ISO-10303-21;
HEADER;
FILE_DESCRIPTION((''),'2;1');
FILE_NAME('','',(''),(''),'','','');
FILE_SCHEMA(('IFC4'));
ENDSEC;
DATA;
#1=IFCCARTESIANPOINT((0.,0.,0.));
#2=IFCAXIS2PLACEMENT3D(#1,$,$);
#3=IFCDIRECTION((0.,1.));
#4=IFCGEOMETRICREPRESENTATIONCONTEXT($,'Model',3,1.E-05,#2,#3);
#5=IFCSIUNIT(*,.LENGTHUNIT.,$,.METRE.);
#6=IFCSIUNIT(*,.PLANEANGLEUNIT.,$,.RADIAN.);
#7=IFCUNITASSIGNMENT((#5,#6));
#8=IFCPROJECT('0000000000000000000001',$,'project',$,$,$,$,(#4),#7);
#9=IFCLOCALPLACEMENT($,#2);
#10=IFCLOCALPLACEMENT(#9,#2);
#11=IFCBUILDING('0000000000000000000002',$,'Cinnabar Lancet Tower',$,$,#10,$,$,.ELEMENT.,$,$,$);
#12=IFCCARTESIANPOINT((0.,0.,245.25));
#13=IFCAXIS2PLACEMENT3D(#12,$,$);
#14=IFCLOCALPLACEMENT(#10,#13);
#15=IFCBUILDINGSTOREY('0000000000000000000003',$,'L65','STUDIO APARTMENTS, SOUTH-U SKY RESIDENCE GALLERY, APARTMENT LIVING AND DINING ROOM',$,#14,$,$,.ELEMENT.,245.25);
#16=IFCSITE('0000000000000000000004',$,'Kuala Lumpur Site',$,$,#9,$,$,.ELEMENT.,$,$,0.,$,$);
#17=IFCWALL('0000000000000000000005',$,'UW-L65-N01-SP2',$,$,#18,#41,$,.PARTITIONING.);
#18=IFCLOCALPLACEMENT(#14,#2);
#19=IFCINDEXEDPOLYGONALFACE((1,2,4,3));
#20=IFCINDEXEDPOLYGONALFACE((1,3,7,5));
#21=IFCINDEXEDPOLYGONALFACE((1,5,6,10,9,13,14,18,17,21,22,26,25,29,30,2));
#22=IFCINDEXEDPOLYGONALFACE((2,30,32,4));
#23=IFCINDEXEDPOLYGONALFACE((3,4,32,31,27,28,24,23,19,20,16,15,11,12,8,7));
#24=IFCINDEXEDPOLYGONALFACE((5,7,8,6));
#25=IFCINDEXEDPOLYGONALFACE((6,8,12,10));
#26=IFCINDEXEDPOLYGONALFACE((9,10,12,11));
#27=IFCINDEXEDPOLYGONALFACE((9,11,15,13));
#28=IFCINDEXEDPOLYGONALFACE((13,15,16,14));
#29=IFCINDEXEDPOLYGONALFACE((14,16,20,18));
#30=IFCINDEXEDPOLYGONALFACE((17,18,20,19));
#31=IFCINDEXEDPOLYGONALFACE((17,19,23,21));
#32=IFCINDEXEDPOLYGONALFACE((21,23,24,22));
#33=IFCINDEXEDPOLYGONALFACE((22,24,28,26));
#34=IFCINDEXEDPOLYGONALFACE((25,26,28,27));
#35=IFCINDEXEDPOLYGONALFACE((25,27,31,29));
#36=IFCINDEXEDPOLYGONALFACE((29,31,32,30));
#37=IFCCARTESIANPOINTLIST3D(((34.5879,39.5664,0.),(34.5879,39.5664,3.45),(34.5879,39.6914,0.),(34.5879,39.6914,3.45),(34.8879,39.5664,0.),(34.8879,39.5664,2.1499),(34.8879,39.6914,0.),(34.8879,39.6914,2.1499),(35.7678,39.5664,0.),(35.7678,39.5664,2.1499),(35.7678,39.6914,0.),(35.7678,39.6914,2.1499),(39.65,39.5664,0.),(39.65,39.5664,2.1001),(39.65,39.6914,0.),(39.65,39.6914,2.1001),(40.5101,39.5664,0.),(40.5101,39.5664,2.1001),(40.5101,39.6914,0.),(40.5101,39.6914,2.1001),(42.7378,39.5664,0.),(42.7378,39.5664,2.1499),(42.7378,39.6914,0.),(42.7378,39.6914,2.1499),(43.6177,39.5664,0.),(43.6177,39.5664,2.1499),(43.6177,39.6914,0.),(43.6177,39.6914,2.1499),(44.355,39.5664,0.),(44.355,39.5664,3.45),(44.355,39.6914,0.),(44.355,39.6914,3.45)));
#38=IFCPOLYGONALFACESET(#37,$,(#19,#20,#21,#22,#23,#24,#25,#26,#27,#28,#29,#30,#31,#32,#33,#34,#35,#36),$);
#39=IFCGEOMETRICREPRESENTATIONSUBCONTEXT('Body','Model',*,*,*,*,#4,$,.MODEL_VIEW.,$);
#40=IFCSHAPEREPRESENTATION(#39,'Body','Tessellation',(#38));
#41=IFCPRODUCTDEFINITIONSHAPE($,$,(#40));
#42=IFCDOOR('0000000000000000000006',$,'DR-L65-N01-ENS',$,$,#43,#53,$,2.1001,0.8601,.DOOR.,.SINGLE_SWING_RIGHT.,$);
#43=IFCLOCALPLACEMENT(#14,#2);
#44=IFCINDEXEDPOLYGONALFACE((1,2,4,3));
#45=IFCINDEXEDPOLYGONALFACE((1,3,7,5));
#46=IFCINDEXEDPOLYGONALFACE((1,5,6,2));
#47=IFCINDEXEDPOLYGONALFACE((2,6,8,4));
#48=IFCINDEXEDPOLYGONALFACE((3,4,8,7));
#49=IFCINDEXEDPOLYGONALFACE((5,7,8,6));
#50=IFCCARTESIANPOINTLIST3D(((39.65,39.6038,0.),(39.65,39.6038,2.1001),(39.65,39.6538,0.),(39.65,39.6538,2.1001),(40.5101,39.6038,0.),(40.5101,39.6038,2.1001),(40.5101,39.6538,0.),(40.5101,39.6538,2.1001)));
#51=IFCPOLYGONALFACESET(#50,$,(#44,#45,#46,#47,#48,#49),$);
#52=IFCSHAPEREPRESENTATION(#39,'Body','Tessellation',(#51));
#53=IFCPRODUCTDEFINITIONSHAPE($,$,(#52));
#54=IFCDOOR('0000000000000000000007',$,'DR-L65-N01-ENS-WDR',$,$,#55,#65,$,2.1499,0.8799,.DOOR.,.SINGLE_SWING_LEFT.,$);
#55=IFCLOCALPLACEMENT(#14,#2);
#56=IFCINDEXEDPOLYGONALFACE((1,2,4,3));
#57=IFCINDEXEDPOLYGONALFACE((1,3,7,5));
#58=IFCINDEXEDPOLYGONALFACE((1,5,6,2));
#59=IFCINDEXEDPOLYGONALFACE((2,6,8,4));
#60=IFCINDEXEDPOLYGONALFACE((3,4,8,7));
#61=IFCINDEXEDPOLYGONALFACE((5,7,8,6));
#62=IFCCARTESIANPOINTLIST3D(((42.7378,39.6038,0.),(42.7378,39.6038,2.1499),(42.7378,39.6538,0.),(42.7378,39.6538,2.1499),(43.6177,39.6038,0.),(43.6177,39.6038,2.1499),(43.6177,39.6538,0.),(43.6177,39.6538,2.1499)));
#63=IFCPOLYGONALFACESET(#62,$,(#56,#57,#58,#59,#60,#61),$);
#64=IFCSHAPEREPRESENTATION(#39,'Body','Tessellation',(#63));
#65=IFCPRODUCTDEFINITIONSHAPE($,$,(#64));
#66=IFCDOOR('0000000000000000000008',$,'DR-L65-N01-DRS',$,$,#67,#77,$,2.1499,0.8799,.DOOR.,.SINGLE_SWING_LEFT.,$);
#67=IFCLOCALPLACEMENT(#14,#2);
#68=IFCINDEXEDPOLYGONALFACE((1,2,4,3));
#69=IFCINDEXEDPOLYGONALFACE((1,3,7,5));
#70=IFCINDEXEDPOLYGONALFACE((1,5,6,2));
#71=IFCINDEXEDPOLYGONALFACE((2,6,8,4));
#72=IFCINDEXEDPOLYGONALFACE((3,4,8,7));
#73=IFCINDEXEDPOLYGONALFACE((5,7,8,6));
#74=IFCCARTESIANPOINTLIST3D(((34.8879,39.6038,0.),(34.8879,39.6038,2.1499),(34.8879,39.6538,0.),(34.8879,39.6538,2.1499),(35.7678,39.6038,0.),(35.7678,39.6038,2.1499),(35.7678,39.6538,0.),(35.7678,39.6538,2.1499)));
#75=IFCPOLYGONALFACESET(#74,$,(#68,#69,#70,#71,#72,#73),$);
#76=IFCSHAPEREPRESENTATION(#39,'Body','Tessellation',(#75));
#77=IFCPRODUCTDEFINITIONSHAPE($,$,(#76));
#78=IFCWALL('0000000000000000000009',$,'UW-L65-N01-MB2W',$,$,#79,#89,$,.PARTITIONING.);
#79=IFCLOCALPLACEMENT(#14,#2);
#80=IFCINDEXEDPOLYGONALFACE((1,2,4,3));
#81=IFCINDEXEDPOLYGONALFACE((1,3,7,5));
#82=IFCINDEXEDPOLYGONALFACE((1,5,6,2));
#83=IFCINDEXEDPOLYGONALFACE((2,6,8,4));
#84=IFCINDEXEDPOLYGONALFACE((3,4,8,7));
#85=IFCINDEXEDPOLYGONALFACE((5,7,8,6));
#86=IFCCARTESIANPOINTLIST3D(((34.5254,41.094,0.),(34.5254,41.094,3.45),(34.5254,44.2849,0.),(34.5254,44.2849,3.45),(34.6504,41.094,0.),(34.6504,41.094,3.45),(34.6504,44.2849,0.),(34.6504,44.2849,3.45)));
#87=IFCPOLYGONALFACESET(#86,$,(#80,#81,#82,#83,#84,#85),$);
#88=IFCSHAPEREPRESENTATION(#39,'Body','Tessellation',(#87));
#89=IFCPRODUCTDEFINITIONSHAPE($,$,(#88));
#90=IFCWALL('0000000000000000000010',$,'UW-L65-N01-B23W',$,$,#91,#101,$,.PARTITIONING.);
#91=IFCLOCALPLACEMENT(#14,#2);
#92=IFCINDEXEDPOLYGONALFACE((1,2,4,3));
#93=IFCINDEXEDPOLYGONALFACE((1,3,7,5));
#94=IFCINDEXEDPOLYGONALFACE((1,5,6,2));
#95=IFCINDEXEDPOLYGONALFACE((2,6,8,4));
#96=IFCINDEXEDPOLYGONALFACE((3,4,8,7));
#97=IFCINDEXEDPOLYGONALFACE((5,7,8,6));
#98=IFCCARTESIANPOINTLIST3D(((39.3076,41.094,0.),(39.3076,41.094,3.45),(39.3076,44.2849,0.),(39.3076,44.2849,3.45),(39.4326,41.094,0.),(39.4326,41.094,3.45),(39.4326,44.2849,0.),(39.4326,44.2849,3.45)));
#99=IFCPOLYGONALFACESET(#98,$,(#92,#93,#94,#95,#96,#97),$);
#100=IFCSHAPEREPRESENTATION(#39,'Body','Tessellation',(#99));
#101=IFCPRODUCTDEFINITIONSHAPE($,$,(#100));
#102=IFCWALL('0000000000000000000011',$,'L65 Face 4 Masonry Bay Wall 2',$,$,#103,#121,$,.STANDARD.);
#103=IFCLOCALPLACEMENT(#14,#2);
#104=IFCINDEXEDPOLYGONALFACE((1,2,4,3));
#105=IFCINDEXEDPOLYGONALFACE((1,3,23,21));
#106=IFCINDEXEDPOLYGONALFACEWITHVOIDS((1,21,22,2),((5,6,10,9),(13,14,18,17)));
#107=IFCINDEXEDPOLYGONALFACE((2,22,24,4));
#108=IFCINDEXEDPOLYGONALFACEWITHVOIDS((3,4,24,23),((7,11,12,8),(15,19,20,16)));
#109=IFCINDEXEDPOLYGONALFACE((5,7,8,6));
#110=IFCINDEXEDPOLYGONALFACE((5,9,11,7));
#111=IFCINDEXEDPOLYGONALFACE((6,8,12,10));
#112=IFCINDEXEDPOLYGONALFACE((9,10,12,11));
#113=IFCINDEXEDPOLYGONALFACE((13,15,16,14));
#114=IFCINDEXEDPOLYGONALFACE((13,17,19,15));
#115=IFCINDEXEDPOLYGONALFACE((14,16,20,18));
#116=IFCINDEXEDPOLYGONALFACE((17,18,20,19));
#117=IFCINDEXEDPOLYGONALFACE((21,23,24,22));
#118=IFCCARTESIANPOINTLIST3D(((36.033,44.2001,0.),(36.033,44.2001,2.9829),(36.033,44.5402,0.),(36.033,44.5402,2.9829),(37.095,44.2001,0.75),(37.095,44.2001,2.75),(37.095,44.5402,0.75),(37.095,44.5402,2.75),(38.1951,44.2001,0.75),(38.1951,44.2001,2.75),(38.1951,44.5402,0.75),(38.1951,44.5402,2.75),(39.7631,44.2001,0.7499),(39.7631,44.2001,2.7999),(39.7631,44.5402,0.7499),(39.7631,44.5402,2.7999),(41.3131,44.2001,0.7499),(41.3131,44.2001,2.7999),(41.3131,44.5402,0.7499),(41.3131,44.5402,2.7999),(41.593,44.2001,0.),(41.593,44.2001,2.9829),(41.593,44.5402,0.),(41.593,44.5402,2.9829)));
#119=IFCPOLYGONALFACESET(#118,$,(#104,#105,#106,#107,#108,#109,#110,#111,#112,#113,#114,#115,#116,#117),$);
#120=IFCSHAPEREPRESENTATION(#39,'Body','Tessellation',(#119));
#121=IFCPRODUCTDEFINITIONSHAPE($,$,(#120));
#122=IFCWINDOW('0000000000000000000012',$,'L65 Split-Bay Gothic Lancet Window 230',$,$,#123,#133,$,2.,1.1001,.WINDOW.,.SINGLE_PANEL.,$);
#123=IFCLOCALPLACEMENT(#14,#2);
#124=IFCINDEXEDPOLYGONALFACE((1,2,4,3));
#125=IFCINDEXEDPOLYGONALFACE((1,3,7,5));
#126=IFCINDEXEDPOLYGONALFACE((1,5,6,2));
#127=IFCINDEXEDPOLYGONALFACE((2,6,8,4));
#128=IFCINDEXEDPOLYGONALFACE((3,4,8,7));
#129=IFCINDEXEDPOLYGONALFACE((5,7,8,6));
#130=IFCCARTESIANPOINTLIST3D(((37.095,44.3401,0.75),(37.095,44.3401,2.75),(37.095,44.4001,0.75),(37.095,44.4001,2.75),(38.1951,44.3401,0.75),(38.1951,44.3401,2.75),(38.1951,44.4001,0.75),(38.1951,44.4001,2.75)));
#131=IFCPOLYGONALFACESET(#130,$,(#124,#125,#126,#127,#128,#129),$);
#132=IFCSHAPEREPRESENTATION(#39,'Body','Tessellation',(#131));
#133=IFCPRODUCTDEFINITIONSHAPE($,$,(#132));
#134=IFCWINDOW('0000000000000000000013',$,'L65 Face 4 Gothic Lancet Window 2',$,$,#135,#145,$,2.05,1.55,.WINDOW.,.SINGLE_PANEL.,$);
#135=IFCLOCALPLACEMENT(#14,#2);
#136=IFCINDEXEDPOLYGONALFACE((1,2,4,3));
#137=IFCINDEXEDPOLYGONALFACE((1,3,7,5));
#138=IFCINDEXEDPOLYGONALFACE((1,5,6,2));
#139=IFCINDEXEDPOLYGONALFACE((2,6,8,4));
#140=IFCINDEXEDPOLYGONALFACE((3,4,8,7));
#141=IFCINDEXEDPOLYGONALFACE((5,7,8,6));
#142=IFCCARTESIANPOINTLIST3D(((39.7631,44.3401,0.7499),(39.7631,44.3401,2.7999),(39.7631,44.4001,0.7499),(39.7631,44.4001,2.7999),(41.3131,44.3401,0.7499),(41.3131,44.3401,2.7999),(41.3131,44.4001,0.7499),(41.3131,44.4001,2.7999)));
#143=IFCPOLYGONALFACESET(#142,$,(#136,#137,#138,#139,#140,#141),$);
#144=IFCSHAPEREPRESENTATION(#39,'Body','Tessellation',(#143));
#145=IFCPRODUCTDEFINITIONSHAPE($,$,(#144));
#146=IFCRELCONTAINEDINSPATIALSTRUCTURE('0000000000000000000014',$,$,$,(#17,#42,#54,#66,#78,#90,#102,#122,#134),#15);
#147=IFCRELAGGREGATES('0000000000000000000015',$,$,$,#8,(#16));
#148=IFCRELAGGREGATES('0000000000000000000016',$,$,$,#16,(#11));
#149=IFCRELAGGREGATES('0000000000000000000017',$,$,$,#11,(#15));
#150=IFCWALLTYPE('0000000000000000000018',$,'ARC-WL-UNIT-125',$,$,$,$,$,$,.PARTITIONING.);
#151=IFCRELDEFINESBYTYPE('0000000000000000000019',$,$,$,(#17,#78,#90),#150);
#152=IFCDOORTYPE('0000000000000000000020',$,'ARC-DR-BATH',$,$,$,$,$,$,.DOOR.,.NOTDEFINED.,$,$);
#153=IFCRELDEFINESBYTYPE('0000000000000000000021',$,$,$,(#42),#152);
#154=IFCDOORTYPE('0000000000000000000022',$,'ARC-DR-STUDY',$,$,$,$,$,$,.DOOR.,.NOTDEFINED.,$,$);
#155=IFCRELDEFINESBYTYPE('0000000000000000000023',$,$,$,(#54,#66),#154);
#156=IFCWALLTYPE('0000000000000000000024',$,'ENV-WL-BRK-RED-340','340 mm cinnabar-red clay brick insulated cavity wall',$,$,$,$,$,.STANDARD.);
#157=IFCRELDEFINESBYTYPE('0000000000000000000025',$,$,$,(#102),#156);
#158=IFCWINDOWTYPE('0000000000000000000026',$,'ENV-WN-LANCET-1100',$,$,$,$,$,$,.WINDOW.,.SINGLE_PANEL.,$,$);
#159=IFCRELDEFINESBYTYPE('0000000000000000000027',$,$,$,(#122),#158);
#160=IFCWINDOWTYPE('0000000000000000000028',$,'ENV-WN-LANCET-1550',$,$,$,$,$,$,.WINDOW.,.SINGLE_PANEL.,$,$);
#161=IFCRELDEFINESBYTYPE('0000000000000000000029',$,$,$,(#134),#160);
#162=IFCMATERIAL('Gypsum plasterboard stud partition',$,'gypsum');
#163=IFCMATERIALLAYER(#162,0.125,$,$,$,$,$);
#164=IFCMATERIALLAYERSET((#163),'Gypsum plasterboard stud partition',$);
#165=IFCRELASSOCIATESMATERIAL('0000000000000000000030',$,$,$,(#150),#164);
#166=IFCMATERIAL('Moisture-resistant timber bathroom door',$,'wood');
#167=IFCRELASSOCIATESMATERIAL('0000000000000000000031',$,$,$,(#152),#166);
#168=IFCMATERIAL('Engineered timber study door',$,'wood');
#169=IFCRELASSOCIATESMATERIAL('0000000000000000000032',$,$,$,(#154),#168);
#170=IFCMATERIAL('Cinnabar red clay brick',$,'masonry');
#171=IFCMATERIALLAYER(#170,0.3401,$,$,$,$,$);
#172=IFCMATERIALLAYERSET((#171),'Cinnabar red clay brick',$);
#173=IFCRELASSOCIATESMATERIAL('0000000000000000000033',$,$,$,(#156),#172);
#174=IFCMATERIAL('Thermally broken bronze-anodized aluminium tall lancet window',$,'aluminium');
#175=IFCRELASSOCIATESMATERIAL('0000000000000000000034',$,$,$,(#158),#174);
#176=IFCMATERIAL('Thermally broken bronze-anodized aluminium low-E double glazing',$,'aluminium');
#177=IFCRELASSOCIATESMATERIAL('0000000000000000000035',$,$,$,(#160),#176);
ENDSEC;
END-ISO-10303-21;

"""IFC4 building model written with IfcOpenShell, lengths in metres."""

from ifc_helpers import new_model, si_unit, direction, frame, frame_2d, origin, place, context, subcontext, project, spatial, rectangle, extrude, material, layer, layer_set, type_object, element, fill, save


model = new_model("IFC4")

# Units and contexts
model_context = context("Model", 3, precision=1e-05, world=origin(), true_north=direction((0.0, 1.0)))
body_context = subcontext(model_context, "Body", "Model", "MODEL_VIEW")
ifc_project = project(units=[si_unit("LENGTHUNIT", "METRE"), si_unit("PLANEANGLEUNIT", "RADIAN")], contexts=[model_context])

# Site, building, storey
site_placement = place(None, origin())
site = spatial("IfcSite", under=ifc_project, at=site_placement, Name="Kuala Lumpur Site", CompositionType="ELEMENT", RefElevation=0.0)
building_placement = place(site_placement, origin())
building = spatial("IfcBuilding", under=site, at=building_placement, Name="Cinnabar Lancet Tower", CompositionType="ELEMENT")
storey_placement = place(building_placement, frame((0.0, 0.0, 245.25)))
storey = spatial("IfcBuildingStorey", under=building, at=storey_placement, Name="L65", Description="STUDIO APARTMENTS, SOUTH-U SKY RESIDENCE GALLERY, APARTMENT LIVING AND DINING ROOM", CompositionType="ELEMENT", Elevation=245.25)

# Wall, openings, doors
ifc_material_1 = material(Name="Gypsum plasterboard stud partition", Category="gypsum")
ifc_layer_1 = layer(ifc_material_1, 0.125)
ifc_layer_set_1 = layer_set([ifc_layer_1], Name="Gypsum plasterboard stud partition")
wall_type_1 = type_object("IfcWallType", Name="ARC-WL-UNIT-125", PredefinedType="PARTITIONING", material=ifc_layer_set_1)
wall_1_placement = place(storey_placement, frame((34.5879, 39.6289, 0.0), z_axis=(0.0, 0.0, 1.0), x_axis=(1.0, 0.0, 0.0)))
wall_1 = element("IfcWall", 1, at=wall_1_placement, inside=storey, type_object=wall_type_1, Name="UW-L65-N01-SP2", PredefinedType="PARTITIONING", context=body_context, shape_type="SweptSolid", body=[
    extrude(rectangle(XDim=9.7671, YDim=0.125, at=frame_2d((4.8835, 0.0))), origin(), (0.0, 0.0, 1.0), 3.45),
])
opening_1_placement = place(wall_1_placement, frame((5.062, 0.0, 0.0)))
opening_1 = element("IfcOpeningElement", 2, at=opening_1_placement, cuts=wall_1, PredefinedType="OPENING", context=body_context, shape_type="SweptSolid", body=[
    extrude(rectangle(XDim=0.8601, YDim=2.1001, at=frame_2d((0.4302, 1.05))), frame((0.0, 0.0725, 0.0), z_axis=(0.0, -1.0, 0.0), x_axis=(1.0, 0.0, 0.0)), (0.0, 0.0, 1.0), 0.145),
])
opening_2_placement = place(wall_1_placement, frame((8.1499, 0.0, 0.0)))
opening_2 = element("IfcOpeningElement", 3, at=opening_2_placement, cuts=wall_1, PredefinedType="OPENING", context=body_context, shape_type="SweptSolid", body=[
    extrude(rectangle(XDim=0.8799, YDim=2.1499, at=frame_2d((0.4399, 1.075))), frame((0.0, 0.0725, 0.0), z_axis=(0.0, -1.0, 0.0), x_axis=(1.0, 0.0, 0.0)), (0.0, 0.0, 1.0), 0.145),
])
opening_3_placement = place(wall_1_placement, frame((0.3, 0.0, 0.0)))
opening_3 = element("IfcOpeningElement", 4, at=opening_3_placement, cuts=wall_1, PredefinedType="OPENING", context=body_context, shape_type="SweptSolid", body=[
    extrude(rectangle(XDim=0.8799, YDim=2.1499, at=frame_2d((0.4399, 1.075))), frame((0.0, 0.0725, 0.0), z_axis=(0.0, -1.0, 0.0), x_axis=(1.0, 0.0, 0.0)), (0.0, 0.0, 1.0), 0.145),
])
ifc_material_2 = material(Name="Moisture-resistant timber bathroom door", Category="wood")
door_type_1 = type_object("IfcDoorType", Name="ARC-DR-BATH", OperationType="NOTDEFINED", PredefinedType="DOOR", material=ifc_material_2)
door_1_placement = place(opening_1_placement, origin())
door_1 = element("IfcDoor", 5, at=door_1_placement, inside=storey, type_object=door_type_1, Name="DR-L65-N01-ENS", OperationType="SINGLE_SWING_RIGHT", OverallHeight=2.1001, OverallWidth=0.8601, PredefinedType="DOOR", context=body_context, shape_type="SweptSolid", body=[
    extrude(rectangle(XDim=0.8601, YDim=2.1001, at=frame_2d((0.4302, 1.05))), frame((0.0, 0.0249, 0.0), z_axis=(0.0, -1.0, 0.0), x_axis=(1.0, 0.0, 0.0)), (0.0, 0.0, 1.0), 0.05),
])
fill(opening_1, door_1)
ifc_material_3 = material(Name="Engineered timber study door", Category="wood")
door_type_2 = type_object("IfcDoorType", Name="ARC-DR-STUDY", OperationType="NOTDEFINED", PredefinedType="DOOR", material=ifc_material_3)
door_2_placement = place(opening_2_placement, origin())
door_2 = element("IfcDoor", 6, at=door_2_placement, inside=storey, type_object=door_type_2, Name="DR-L65-N01-ENS-WDR", OperationType="SINGLE_SWING_LEFT", OverallHeight=2.1499, OverallWidth=0.8799, PredefinedType="DOOR", context=body_context, shape_type="SweptSolid", body=[
    extrude(rectangle(XDim=0.8799, YDim=2.1499, at=frame_2d((0.4399, 1.075))), frame((0.0, 0.0249, 0.0), z_axis=(0.0, -1.0, 0.0), x_axis=(1.0, 0.0, 0.0)), (0.0, 0.0, 1.0), 0.05),
])
fill(opening_2, door_2)
door_3_placement = place(opening_3_placement, origin())
door_3 = element("IfcDoor", 7, at=door_3_placement, inside=storey, type_object=door_type_2, Name="DR-L65-N01-DRS", OperationType="SINGLE_SWING_LEFT", OverallHeight=2.1499, OverallWidth=0.8799, PredefinedType="DOOR", context=body_context, shape_type="SweptSolid", body=[
    extrude(rectangle(XDim=0.8799, YDim=2.1499, at=frame_2d((0.4399, 1.075))), frame((0.0, 0.0249, 0.0), z_axis=(0.0, -1.0, 0.0), x_axis=(1.0, 0.0, 0.0)), (0.0, 0.0, 1.0), 0.05),
])
fill(opening_3, door_3)

# Walls
for number, where, z_axis, x_axis, name in (
    (8, (34.5879, 41.094, 0.0), (0.0, 0.0, 1.0), (0.0, 1.0, 0.0), "UW-L65-N01-MB2W"),
    (9, (39.3701, 41.094, 0.0), (0.0, 0.0, 1.0), (0.0, 1.0, 0.0), "UW-L65-N01-B23W"),
):
    element("IfcWall", number, at=place(storey_placement, frame(where, z_axis=z_axis, x_axis=x_axis)), inside=storey, type_object=wall_type_1, Name=name, PredefinedType="PARTITIONING", context=body_context, shape_type="SweptSolid", body=[
        extrude(rectangle(XDim=3.1909, YDim=0.125, at=frame_2d((1.5955, 0.0))), origin(), (0.0, 0.0, 1.0), 3.45),
    ])

# Wall, openings, windows
ifc_material_4 = material(Name="Cinnabar red clay brick", Category="masonry")
ifc_layer_2 = layer(ifc_material_4, 0.3401)
ifc_layer_set_2 = layer_set([ifc_layer_2], Name="Cinnabar red clay brick")
wall_type_2 = type_object("IfcWallType", Name="ENV-WL-BRK-RED-340", Description="340 mm cinnabar-red clay brick insulated cavity wall", PredefinedType="STANDARD", material=ifc_layer_set_2)
wall_2_placement = place(storey_placement, frame((41.593, 44.3701, 0.0), z_axis=(0.0, 0.0, 1.0), x_axis=(-1.0, 0.0, 0.0)))
wall_2 = element("IfcWall", 10, at=wall_2_placement, inside=storey, type_object=wall_type_2, Name="L65 Face 4 Masonry Bay Wall 2", PredefinedType="STANDARD", context=body_context, shape_type="SweptSolid", body=[
    extrude(rectangle(XDim=5.5601, YDim=0.3401, at=frame_2d((2.78, 0.0))), origin(), (0.0, 0.0, 1.0), 2.9829),
])
opening_4_placement = place(wall_2_placement, frame((0.28, 0.0, 0.75)))
opening_4 = element("IfcOpeningElement", 11, at=opening_4_placement, cuts=wall_2, PredefinedType="OPENING", context=body_context, shape_type="SweptSolid", body=[
    extrude(rectangle(XDim=1.55, YDim=2.05, at=frame_2d((0.7749, 1.0249))), frame((0.0, 0.1799, 0.0), z_axis=(0.0, -1.0, 0.0), x_axis=(1.0, 0.0, 0.0)), (0.0, 0.0, 1.0), 0.3601),
])
opening_5_placement = place(wall_2_placement, frame((3.3979, 0.0, 0.75)))
opening_5 = element("IfcOpeningElement", 12, at=opening_5_placement, cuts=wall_2, PredefinedType="OPENING", context=body_context, shape_type="SweptSolid", body=[
    extrude(rectangle(XDim=1.1001, YDim=2.0, at=frame_2d((0.55, 1.0))), frame((0.0, 0.1799, 0.0), z_axis=(0.0, -1.0, 0.0), x_axis=(1.0, 0.0, 0.0)), (0.0, 0.0, 1.0), 0.3601),
])
ifc_material_5 = material(Name="Thermally broken bronze-anodized aluminium tall lancet window", Category="aluminium")
window_type_1 = type_object("IfcWindowType", Name="ENV-WN-LANCET-1100", PartitioningType="SINGLE_PANEL", PredefinedType="WINDOW", material=ifc_material_5)
window_1_placement = place(opening_5_placement, origin())
window_1 = element("IfcWindow", 13, at=window_1_placement, inside=storey, type_object=window_type_1, Name="L65 Split-Bay Gothic Lancet Window 230", OverallHeight=2.0, OverallWidth=1.1001, PartitioningType="SINGLE_PANEL", PredefinedType="WINDOW", context=body_context, shape_type="SweptSolid", body=[
    extrude(rectangle(XDim=1.1001, YDim=2.0, at=frame_2d((0.55, 1.0))), frame((0.0, 0.03, 0.0), z_axis=(0.0, -1.0, 0.0), x_axis=(1.0, 0.0, 0.0)), (0.0, 0.0, 1.0), 0.0601),
])
fill(opening_5, window_1)
ifc_material_6 = material(Name="Thermally broken bronze-anodized aluminium low-E double glazing", Category="aluminium")
window_type_2 = type_object("IfcWindowType", Name="ENV-WN-LANCET-1550", PartitioningType="SINGLE_PANEL", PredefinedType="WINDOW", material=ifc_material_6)
window_2_placement = place(opening_4_placement, origin())
window_2 = element("IfcWindow", 14, at=window_2_placement, inside=storey, type_object=window_type_2, Name="L65 Face 4 Gothic Lancet Window 2", OverallHeight=2.05, OverallWidth=1.55, PartitioningType="SINGLE_PANEL", PredefinedType="WINDOW", context=body_context, shape_type="SweptSolid", body=[
    extrude(rectangle(XDim=1.55, YDim=2.05, at=frame_2d((0.7749, 1.0249))), frame((0.0, 0.03, 0.0), z_axis=(0.0, -1.0, 0.0), x_axis=(1.0, 0.0, 0.0)), (0.0, 0.0, 1.0), 0.0601),
])
fill(opening_4, window_2)

save(model, "model.ifc")
